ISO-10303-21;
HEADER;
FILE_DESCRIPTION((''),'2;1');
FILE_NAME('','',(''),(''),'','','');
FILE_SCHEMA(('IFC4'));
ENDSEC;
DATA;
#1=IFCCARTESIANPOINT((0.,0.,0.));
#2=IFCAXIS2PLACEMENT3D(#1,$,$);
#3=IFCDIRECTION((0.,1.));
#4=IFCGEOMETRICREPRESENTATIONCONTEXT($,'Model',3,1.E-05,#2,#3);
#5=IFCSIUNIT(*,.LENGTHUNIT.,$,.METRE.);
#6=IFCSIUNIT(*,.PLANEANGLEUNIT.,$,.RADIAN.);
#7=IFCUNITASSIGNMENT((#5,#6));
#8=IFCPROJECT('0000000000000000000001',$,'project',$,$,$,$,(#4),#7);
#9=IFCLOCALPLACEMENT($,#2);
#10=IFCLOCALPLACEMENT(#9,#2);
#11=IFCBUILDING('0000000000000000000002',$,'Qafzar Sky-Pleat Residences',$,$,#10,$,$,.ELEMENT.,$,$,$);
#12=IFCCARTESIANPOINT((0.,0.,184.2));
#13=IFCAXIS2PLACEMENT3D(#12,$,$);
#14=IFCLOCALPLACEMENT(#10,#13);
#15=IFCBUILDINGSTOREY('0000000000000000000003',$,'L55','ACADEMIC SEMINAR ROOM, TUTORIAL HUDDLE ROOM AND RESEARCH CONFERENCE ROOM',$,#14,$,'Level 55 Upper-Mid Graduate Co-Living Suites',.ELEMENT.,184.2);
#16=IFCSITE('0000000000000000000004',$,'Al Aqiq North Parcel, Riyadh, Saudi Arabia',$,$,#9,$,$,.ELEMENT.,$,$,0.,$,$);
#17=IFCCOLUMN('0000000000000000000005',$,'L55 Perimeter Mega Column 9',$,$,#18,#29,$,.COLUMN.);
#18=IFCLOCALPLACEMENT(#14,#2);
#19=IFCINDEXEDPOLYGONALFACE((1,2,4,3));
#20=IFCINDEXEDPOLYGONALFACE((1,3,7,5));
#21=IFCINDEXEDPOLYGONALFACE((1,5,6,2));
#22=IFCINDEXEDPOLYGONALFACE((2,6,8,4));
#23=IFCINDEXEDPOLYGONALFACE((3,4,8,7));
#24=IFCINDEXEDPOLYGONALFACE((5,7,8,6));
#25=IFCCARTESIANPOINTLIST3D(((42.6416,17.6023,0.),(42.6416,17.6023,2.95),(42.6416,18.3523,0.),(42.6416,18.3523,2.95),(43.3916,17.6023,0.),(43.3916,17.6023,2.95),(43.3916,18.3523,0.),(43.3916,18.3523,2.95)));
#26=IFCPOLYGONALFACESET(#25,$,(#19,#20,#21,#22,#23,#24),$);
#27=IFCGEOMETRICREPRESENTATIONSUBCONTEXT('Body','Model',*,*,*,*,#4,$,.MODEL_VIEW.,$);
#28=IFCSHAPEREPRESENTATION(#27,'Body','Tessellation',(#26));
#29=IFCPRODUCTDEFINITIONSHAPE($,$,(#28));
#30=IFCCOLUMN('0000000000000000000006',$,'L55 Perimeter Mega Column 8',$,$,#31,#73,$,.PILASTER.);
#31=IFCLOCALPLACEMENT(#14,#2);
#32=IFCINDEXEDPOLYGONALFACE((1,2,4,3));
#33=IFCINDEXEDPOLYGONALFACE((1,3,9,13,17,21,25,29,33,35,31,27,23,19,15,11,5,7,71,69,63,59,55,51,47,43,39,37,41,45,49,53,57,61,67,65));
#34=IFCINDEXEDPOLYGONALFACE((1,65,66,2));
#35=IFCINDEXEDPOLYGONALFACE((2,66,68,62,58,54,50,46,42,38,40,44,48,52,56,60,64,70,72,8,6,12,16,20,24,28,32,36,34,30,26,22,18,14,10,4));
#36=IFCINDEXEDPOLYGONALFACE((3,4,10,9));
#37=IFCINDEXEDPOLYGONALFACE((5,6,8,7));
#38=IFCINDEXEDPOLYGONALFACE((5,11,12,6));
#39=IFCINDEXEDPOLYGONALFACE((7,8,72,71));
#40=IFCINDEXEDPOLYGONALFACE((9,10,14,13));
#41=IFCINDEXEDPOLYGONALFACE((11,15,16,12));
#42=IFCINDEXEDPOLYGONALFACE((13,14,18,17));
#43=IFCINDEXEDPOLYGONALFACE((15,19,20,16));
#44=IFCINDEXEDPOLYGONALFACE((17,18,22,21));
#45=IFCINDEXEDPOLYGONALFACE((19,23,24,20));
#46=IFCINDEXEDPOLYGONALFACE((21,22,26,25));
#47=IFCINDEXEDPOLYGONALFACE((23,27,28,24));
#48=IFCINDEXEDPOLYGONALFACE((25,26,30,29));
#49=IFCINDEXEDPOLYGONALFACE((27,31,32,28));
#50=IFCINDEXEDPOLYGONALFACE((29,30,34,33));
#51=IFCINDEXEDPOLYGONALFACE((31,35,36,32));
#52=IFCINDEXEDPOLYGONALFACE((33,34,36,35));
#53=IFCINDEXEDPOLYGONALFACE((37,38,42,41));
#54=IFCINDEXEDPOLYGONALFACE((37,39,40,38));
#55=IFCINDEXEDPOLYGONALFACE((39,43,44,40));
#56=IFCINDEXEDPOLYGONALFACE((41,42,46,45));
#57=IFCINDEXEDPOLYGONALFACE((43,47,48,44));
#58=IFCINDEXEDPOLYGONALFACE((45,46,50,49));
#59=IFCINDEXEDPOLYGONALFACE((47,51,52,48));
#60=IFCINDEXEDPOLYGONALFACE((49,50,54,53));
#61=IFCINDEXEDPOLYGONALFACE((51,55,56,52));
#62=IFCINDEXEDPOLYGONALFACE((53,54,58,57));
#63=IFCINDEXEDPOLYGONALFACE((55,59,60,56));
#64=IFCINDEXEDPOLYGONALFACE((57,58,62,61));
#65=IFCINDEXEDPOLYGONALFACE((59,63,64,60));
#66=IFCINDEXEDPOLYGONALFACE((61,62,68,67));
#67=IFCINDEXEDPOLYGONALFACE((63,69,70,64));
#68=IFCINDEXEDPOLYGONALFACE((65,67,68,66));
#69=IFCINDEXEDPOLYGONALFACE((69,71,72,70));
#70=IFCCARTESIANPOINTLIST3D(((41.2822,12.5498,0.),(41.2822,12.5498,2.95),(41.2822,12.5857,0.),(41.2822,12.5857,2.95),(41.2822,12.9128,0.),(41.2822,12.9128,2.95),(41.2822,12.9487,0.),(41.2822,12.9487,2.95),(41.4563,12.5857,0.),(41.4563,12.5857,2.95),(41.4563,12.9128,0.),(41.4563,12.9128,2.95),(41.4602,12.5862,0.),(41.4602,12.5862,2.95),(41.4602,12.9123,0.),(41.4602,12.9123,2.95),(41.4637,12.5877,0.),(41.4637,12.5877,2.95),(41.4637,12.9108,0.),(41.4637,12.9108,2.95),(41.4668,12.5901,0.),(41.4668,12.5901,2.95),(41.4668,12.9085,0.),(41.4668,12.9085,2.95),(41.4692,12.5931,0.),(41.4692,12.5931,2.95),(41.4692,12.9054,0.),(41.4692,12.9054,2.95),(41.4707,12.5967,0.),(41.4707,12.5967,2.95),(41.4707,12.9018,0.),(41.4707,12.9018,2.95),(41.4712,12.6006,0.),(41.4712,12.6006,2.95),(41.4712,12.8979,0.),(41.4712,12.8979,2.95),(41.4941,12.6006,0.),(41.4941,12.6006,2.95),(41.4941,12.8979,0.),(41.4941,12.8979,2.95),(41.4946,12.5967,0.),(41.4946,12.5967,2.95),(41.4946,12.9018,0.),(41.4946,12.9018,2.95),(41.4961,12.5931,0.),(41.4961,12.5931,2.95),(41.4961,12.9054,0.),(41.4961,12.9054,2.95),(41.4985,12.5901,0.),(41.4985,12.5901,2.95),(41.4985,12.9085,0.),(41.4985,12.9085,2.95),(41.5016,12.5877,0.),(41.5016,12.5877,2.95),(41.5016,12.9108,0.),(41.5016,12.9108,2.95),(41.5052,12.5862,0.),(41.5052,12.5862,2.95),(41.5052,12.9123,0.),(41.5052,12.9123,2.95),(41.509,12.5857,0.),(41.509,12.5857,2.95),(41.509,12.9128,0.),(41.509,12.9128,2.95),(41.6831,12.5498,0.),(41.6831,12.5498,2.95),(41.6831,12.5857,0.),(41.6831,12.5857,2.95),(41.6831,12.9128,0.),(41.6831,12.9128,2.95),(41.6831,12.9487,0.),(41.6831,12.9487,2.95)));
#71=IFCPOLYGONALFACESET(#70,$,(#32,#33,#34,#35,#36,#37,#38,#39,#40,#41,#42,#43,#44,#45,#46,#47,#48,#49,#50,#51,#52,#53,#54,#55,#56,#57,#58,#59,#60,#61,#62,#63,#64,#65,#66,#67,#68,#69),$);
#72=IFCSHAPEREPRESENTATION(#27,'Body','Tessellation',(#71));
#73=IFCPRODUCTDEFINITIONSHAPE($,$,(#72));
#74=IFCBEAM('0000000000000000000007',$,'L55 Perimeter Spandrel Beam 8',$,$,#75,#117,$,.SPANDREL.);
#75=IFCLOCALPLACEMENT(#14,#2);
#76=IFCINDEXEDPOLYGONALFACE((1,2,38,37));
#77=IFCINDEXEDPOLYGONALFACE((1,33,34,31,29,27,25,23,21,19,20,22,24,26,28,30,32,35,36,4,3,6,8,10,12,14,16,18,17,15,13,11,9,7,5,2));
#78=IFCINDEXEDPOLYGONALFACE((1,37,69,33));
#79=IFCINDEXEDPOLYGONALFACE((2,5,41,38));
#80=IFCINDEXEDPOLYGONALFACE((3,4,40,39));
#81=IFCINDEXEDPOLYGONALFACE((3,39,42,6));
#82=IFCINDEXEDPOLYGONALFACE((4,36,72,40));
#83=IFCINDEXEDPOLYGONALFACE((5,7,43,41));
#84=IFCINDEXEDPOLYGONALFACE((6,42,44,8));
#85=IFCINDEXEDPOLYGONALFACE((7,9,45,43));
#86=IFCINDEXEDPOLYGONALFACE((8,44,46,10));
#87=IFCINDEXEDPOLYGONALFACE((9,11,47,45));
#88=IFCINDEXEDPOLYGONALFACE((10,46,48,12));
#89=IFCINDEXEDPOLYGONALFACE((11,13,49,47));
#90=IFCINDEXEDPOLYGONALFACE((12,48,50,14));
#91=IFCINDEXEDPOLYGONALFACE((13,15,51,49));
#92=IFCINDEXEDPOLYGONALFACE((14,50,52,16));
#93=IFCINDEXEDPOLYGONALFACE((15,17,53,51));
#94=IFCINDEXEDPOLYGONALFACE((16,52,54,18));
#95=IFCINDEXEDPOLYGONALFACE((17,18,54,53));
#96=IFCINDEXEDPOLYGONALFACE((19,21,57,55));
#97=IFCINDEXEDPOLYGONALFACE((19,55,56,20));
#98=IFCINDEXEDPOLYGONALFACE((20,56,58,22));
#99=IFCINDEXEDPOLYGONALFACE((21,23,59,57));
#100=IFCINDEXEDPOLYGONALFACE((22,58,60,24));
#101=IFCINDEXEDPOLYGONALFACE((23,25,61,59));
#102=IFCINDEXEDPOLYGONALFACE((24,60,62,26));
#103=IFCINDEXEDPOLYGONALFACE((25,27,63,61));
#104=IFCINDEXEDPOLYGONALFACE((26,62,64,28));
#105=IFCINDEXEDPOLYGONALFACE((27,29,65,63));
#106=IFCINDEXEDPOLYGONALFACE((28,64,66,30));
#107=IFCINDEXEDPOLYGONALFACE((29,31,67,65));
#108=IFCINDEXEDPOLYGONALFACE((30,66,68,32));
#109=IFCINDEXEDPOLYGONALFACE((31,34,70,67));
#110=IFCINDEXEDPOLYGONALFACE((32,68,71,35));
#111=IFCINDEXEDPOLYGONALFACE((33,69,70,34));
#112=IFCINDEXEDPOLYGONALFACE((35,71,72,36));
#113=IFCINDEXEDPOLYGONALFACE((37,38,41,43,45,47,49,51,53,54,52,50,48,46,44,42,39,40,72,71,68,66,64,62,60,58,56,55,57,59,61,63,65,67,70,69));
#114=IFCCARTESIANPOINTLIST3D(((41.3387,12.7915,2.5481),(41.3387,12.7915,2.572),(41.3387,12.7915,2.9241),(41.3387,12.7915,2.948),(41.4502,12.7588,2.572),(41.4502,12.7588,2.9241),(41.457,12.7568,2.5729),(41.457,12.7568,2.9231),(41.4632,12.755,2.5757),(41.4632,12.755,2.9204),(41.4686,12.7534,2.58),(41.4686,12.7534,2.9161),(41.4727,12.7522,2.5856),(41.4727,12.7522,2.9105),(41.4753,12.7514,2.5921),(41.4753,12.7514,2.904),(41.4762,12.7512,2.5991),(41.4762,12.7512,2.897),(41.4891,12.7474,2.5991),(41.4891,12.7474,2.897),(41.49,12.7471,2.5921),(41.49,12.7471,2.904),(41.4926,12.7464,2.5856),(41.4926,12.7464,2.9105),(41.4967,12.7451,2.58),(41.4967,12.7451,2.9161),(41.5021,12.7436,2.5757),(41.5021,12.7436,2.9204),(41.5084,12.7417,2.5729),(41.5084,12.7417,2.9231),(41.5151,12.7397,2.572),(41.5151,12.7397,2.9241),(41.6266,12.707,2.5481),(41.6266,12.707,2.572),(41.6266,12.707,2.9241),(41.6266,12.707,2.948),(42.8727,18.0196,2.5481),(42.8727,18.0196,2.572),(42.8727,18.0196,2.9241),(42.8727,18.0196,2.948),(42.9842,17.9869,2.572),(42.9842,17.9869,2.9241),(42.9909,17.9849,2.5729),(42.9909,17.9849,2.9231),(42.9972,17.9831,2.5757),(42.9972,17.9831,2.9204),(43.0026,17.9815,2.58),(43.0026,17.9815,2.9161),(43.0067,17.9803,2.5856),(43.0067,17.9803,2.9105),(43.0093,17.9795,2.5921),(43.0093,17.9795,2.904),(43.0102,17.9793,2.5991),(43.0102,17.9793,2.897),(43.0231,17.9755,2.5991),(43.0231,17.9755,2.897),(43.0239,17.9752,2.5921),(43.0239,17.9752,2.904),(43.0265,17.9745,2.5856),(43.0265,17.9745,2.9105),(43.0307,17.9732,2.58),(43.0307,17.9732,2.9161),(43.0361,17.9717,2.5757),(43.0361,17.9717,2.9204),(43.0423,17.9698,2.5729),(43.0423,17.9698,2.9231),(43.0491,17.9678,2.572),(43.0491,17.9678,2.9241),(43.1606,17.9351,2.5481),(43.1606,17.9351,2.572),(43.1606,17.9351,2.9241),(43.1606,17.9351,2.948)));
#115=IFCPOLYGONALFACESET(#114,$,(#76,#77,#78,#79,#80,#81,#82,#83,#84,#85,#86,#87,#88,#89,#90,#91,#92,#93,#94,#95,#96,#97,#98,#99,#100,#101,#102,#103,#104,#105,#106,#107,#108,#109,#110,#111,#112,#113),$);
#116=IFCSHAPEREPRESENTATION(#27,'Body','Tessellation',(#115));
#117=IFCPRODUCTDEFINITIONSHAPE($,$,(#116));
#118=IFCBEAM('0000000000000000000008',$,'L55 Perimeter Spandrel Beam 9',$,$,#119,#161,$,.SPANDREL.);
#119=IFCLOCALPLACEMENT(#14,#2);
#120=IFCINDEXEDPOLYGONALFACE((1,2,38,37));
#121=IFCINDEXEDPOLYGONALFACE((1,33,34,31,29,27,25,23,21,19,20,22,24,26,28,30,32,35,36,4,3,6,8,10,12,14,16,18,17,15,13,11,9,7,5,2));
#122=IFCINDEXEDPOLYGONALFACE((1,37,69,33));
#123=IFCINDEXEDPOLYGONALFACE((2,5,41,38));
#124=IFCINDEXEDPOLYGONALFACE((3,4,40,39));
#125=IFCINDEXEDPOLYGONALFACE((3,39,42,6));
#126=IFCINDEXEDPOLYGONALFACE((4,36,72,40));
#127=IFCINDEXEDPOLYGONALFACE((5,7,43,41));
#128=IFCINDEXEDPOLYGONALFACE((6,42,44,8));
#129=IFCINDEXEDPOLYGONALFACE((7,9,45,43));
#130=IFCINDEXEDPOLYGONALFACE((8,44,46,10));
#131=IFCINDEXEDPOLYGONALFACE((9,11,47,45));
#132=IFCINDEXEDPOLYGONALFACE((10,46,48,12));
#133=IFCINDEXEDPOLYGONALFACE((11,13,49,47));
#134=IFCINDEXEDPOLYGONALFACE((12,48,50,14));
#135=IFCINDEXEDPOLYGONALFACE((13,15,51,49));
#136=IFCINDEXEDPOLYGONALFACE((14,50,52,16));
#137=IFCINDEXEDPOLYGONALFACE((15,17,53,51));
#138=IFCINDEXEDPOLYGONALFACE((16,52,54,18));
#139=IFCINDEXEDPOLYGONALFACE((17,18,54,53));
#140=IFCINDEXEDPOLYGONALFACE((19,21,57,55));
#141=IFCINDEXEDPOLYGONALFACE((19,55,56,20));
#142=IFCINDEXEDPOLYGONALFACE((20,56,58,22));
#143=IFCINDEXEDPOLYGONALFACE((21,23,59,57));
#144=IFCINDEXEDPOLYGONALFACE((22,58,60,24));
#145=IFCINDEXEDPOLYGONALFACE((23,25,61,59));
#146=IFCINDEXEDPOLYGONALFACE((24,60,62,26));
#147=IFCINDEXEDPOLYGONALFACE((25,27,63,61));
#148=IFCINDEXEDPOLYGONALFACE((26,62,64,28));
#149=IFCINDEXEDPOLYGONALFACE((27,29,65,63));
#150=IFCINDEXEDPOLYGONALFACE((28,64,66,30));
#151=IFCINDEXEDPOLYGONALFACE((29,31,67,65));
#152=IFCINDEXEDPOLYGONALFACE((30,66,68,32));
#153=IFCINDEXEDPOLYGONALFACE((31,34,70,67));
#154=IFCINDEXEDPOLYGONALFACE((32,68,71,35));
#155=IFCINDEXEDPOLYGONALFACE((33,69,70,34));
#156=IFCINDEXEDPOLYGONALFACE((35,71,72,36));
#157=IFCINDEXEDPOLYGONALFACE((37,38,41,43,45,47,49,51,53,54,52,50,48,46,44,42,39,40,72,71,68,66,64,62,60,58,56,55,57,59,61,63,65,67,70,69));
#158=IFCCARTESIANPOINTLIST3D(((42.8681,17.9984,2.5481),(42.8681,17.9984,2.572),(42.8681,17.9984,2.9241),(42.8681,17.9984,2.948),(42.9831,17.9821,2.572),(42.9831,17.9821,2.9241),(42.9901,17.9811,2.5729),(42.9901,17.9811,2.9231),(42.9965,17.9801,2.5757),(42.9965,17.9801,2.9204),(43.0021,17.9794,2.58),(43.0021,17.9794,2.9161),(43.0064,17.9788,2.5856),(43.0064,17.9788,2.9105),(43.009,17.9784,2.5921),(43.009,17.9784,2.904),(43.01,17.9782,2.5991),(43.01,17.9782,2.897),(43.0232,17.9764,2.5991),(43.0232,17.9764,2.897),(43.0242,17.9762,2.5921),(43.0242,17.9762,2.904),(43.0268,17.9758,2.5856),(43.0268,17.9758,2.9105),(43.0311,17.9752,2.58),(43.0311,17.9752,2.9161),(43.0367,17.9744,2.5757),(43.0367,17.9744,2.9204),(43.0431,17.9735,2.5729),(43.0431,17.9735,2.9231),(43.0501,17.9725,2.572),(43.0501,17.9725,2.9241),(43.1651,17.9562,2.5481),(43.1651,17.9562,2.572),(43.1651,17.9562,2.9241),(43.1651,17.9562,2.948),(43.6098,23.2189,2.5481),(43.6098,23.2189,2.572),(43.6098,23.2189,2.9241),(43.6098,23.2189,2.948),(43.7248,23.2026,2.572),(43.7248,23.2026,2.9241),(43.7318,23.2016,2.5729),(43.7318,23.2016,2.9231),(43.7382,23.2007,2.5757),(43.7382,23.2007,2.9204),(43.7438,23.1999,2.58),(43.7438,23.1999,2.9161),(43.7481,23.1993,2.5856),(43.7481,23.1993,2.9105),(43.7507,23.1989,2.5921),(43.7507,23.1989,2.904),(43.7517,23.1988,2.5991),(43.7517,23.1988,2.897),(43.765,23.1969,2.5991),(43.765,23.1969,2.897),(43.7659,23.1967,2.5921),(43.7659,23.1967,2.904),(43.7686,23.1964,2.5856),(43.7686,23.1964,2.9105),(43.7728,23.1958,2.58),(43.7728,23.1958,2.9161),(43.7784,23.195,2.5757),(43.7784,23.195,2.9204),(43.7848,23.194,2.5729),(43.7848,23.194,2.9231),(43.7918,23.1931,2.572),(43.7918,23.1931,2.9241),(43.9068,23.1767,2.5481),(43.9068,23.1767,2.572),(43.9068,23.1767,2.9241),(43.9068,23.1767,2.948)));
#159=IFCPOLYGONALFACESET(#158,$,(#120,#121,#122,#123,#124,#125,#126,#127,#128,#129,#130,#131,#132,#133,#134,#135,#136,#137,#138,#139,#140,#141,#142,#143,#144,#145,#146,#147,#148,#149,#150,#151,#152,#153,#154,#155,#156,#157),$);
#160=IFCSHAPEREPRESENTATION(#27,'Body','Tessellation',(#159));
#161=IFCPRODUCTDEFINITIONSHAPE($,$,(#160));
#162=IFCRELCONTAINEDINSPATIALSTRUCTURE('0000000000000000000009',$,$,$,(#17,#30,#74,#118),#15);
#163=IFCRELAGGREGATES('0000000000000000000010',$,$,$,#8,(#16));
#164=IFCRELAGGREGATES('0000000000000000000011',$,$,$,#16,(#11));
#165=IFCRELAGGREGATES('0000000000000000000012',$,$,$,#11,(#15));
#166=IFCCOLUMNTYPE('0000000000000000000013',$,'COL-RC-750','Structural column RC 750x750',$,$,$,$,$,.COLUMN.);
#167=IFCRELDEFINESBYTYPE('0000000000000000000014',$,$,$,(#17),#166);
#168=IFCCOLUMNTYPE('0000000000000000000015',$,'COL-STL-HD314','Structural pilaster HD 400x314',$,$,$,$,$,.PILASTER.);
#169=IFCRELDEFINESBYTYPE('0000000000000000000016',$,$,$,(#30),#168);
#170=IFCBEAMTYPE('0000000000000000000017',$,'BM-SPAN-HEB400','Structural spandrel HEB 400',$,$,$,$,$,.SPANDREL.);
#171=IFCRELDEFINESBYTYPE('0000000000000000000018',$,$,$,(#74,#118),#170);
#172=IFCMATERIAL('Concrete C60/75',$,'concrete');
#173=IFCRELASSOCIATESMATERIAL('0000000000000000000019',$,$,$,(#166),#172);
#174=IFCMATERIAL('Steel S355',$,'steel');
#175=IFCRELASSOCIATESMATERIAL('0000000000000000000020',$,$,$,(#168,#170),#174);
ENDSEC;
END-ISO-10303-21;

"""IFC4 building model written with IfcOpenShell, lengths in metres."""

from ifc_helpers import new_model, si_unit, direction, frame, origin, origin_2d, place, context, subcontext, project, spatial, rectangle, i_section, extrude, source, transform, mapped, material, material_profile, profile_set, type_object, element, save


model = new_model("IFC4")

# Units and contexts
model_context = context("Model", 3, precision=1e-05, world=origin(), true_north=direction((0.0, 1.0)))
body_context = subcontext(model_context, "Body", "Model", "MODEL_VIEW")
ifc_project = project(units=[si_unit("LENGTHUNIT", "METRE"), si_unit("PLANEANGLEUNIT", "RADIAN")], contexts=[model_context])

# Site, building, storey
site_placement = place(None, origin())
site = spatial("IfcSite", under=ifc_project, at=site_placement, Name="Al Aqiq North Parcel, Riyadh, Saudi Arabia", CompositionType="ELEMENT", RefElevation=0.0)
building_placement = place(site_placement, origin())
building = spatial("IfcBuilding", under=site, at=building_placement, Name="Qafzar Sky-Pleat Residences", CompositionType="ELEMENT")
storey_placement = place(building_placement, frame((0.0, 0.0, 184.2)))
storey = spatial("IfcBuildingStorey", under=building, at=storey_placement, Name="L55", Description="ACADEMIC SEMINAR ROOM, TUTORIAL HUDDLE ROOM AND RESEARCH CONFERENCE ROOM", LongName="Level 55 Upper-Mid Graduate Co-Living Suites", CompositionType="ELEMENT", Elevation=184.2)

# Columns
ifc_material_1 = material(Name="Concrete C60/75", Category="concrete")
ifc_material_profile_1 = material_profile(ifc_material_1, rectangle(XDim=0.75, YDim=0.75, at=origin_2d()), Name="RC 750x750")
ifc_profile_set_1 = profile_set([ifc_material_profile_1], Name="Concrete C60/75")
column_type_1 = type_object("IfcColumnType", Name="COL-RC-750", Description="Structural column RC 750x750", PredefinedType="COLUMN", material=ifc_profile_set_1)
shared_shape_1 = source(origin(), body_context, "Body", "SweptSolid", [
    extrude(rectangle(XDim=0.75, YDim=0.75, at=origin_2d()), origin(), (0.0, 0.0, 1.0), 2.95),
])
column_1_placement = place(storey_placement, frame((43.0166, 17.9773, 0.0), z_axis=(0.0, 0.0, 1.0), x_axis=(1.0, 0.0, 0.0)))
element("IfcColumn", 1, at=column_1_placement, inside=storey, type_object=column_type_1, Name="L55 Perimeter Mega Column 9", PredefinedType="COLUMN", context=body_context, shape_type="MappedRepresentation", body=[
    mapped(shared_shape_1, transform((0.0, 0.0, 0.0), x_axis=(1.0, 0.0, 0.0), y_axis=(0.0, 1.0, 0.0), z_axis=(0.0, 0.0, 1.0), scale=1.0)),
])
ifc_material_2 = material(Name="Steel S355", Category="steel")
ifc_material_profile_2 = material_profile(ifc_material_2, i_section(OverallWidth=0.4009, OverallDepth=0.3989, WebThickness=0.0229, FlangeThickness=0.0359, FilletRadius=0.0149, at=origin_2d()), Name="HD 400x314")
ifc_profile_set_2 = profile_set([ifc_material_profile_2], Name="Steel S355")
column_type_2 = type_object("IfcColumnType", Name="COL-STL-HD314", Description="Structural pilaster HD 400x314", PredefinedType="PILASTER", material=ifc_profile_set_2)
shared_shape_2 = source(origin(), body_context, "Body", "SweptSolid", [
    extrude(i_section(OverallWidth=0.4009, OverallDepth=0.3989, WebThickness=0.0229, FlangeThickness=0.0359, FilletRadius=0.0149, at=origin_2d()), origin(), (0.0, 0.0, 1.0), 2.95),
])
column_2_placement = place(storey_placement, frame((41.4827, 12.7493, 0.0), z_axis=(0.0, 0.0, 1.0), x_axis=(1.0, 0.0, 0.0)))
element("IfcColumn", 2, at=column_2_placement, inside=storey, type_object=column_type_2, Name="L55 Perimeter Mega Column 8", PredefinedType="PILASTER", context=body_context, shape_type="MappedRepresentation", body=[
    mapped(shared_shape_2, transform((0.0, 0.0, 0.0), x_axis=(1.0, 0.0, 0.0), y_axis=(0.0, 1.0, 0.0), z_axis=(0.0, 0.0, 1.0), scale=1.0)),
])

# Beams
ifc_material_profile_3 = material_profile(ifc_material_2, i_section(OverallWidth=0.3, OverallDepth=0.3999, WebThickness=0.0134, FlangeThickness=0.0239, FilletRadius=0.0271, at=origin_2d()), Name="HEB 400")
ifc_profile_set_3 = profile_set([ifc_material_profile_3], Name="Steel S355")
beam_type = type_object("IfcBeamType", Name="BM-SPAN-HEB400", Description="Structural spandrel HEB 400", PredefinedType="SPANDREL", material=ifc_profile_set_3)
shared_shape_3 = source(origin(), body_context, "Body", "SweptSolid", [
    extrude(i_section(OverallWidth=0.3, OverallDepth=0.3999, WebThickness=0.0134, FlangeThickness=0.0239, FilletRadius=0.0271, at=origin_2d()), origin(), (0.0, 0.0, 1.0), 5.4485),
])
beam_1_placement = place(storey_placement, frame((41.4827, 12.7493, 2.748), z_axis=(0.281538, 0.95955, 0.0), x_axis=(-0.95955, 0.281538, 0.0)))
element("IfcBeam", 3, at=beam_1_placement, inside=storey, type_object=beam_type, Name="L55 Perimeter Spandrel Beam 8", PredefinedType="SPANDREL", context=body_context, shape_type="MappedRepresentation", body=[
    mapped(shared_shape_3, transform((0.0, 0.0, 0.0), x_axis=(1.0, 0.0, 0.0), y_axis=(0.0, 1.0, 0.0), z_axis=(0.0, 0.0, 1.0), scale=1.0)),
])
shared_shape_4 = source(origin(), body_context, "Body", "SweptSolid", [
    extrude(i_section(OverallWidth=0.3, OverallDepth=0.3999, WebThickness=0.0134, FlangeThickness=0.0239, FilletRadius=0.0271, at=origin_2d()), origin(), (0.0, 0.0, 1.0), 5.2729),
])
beam_2_placement = place(storey_placement, frame((43.0166, 17.9773, 2.748), z_axis=(0.140663, 0.990058, 0.0), x_axis=(-0.990058, 0.140663, 0.0)))
element("IfcBeam", 4, at=beam_2_placement, inside=storey, type_object=beam_type, Name="L55 Perimeter Spandrel Beam 9", PredefinedType="SPANDREL", context=body_context, shape_type="MappedRepresentation", body=[
    mapped(shared_shape_4, transform((0.0, 0.0, 0.0), x_axis=(1.0, 0.0, 0.0), y_axis=(0.0, 1.0, 0.0), z_axis=(0.0, 0.0, 1.0), scale=1.0)),
])

save(model, "model.ifc")
